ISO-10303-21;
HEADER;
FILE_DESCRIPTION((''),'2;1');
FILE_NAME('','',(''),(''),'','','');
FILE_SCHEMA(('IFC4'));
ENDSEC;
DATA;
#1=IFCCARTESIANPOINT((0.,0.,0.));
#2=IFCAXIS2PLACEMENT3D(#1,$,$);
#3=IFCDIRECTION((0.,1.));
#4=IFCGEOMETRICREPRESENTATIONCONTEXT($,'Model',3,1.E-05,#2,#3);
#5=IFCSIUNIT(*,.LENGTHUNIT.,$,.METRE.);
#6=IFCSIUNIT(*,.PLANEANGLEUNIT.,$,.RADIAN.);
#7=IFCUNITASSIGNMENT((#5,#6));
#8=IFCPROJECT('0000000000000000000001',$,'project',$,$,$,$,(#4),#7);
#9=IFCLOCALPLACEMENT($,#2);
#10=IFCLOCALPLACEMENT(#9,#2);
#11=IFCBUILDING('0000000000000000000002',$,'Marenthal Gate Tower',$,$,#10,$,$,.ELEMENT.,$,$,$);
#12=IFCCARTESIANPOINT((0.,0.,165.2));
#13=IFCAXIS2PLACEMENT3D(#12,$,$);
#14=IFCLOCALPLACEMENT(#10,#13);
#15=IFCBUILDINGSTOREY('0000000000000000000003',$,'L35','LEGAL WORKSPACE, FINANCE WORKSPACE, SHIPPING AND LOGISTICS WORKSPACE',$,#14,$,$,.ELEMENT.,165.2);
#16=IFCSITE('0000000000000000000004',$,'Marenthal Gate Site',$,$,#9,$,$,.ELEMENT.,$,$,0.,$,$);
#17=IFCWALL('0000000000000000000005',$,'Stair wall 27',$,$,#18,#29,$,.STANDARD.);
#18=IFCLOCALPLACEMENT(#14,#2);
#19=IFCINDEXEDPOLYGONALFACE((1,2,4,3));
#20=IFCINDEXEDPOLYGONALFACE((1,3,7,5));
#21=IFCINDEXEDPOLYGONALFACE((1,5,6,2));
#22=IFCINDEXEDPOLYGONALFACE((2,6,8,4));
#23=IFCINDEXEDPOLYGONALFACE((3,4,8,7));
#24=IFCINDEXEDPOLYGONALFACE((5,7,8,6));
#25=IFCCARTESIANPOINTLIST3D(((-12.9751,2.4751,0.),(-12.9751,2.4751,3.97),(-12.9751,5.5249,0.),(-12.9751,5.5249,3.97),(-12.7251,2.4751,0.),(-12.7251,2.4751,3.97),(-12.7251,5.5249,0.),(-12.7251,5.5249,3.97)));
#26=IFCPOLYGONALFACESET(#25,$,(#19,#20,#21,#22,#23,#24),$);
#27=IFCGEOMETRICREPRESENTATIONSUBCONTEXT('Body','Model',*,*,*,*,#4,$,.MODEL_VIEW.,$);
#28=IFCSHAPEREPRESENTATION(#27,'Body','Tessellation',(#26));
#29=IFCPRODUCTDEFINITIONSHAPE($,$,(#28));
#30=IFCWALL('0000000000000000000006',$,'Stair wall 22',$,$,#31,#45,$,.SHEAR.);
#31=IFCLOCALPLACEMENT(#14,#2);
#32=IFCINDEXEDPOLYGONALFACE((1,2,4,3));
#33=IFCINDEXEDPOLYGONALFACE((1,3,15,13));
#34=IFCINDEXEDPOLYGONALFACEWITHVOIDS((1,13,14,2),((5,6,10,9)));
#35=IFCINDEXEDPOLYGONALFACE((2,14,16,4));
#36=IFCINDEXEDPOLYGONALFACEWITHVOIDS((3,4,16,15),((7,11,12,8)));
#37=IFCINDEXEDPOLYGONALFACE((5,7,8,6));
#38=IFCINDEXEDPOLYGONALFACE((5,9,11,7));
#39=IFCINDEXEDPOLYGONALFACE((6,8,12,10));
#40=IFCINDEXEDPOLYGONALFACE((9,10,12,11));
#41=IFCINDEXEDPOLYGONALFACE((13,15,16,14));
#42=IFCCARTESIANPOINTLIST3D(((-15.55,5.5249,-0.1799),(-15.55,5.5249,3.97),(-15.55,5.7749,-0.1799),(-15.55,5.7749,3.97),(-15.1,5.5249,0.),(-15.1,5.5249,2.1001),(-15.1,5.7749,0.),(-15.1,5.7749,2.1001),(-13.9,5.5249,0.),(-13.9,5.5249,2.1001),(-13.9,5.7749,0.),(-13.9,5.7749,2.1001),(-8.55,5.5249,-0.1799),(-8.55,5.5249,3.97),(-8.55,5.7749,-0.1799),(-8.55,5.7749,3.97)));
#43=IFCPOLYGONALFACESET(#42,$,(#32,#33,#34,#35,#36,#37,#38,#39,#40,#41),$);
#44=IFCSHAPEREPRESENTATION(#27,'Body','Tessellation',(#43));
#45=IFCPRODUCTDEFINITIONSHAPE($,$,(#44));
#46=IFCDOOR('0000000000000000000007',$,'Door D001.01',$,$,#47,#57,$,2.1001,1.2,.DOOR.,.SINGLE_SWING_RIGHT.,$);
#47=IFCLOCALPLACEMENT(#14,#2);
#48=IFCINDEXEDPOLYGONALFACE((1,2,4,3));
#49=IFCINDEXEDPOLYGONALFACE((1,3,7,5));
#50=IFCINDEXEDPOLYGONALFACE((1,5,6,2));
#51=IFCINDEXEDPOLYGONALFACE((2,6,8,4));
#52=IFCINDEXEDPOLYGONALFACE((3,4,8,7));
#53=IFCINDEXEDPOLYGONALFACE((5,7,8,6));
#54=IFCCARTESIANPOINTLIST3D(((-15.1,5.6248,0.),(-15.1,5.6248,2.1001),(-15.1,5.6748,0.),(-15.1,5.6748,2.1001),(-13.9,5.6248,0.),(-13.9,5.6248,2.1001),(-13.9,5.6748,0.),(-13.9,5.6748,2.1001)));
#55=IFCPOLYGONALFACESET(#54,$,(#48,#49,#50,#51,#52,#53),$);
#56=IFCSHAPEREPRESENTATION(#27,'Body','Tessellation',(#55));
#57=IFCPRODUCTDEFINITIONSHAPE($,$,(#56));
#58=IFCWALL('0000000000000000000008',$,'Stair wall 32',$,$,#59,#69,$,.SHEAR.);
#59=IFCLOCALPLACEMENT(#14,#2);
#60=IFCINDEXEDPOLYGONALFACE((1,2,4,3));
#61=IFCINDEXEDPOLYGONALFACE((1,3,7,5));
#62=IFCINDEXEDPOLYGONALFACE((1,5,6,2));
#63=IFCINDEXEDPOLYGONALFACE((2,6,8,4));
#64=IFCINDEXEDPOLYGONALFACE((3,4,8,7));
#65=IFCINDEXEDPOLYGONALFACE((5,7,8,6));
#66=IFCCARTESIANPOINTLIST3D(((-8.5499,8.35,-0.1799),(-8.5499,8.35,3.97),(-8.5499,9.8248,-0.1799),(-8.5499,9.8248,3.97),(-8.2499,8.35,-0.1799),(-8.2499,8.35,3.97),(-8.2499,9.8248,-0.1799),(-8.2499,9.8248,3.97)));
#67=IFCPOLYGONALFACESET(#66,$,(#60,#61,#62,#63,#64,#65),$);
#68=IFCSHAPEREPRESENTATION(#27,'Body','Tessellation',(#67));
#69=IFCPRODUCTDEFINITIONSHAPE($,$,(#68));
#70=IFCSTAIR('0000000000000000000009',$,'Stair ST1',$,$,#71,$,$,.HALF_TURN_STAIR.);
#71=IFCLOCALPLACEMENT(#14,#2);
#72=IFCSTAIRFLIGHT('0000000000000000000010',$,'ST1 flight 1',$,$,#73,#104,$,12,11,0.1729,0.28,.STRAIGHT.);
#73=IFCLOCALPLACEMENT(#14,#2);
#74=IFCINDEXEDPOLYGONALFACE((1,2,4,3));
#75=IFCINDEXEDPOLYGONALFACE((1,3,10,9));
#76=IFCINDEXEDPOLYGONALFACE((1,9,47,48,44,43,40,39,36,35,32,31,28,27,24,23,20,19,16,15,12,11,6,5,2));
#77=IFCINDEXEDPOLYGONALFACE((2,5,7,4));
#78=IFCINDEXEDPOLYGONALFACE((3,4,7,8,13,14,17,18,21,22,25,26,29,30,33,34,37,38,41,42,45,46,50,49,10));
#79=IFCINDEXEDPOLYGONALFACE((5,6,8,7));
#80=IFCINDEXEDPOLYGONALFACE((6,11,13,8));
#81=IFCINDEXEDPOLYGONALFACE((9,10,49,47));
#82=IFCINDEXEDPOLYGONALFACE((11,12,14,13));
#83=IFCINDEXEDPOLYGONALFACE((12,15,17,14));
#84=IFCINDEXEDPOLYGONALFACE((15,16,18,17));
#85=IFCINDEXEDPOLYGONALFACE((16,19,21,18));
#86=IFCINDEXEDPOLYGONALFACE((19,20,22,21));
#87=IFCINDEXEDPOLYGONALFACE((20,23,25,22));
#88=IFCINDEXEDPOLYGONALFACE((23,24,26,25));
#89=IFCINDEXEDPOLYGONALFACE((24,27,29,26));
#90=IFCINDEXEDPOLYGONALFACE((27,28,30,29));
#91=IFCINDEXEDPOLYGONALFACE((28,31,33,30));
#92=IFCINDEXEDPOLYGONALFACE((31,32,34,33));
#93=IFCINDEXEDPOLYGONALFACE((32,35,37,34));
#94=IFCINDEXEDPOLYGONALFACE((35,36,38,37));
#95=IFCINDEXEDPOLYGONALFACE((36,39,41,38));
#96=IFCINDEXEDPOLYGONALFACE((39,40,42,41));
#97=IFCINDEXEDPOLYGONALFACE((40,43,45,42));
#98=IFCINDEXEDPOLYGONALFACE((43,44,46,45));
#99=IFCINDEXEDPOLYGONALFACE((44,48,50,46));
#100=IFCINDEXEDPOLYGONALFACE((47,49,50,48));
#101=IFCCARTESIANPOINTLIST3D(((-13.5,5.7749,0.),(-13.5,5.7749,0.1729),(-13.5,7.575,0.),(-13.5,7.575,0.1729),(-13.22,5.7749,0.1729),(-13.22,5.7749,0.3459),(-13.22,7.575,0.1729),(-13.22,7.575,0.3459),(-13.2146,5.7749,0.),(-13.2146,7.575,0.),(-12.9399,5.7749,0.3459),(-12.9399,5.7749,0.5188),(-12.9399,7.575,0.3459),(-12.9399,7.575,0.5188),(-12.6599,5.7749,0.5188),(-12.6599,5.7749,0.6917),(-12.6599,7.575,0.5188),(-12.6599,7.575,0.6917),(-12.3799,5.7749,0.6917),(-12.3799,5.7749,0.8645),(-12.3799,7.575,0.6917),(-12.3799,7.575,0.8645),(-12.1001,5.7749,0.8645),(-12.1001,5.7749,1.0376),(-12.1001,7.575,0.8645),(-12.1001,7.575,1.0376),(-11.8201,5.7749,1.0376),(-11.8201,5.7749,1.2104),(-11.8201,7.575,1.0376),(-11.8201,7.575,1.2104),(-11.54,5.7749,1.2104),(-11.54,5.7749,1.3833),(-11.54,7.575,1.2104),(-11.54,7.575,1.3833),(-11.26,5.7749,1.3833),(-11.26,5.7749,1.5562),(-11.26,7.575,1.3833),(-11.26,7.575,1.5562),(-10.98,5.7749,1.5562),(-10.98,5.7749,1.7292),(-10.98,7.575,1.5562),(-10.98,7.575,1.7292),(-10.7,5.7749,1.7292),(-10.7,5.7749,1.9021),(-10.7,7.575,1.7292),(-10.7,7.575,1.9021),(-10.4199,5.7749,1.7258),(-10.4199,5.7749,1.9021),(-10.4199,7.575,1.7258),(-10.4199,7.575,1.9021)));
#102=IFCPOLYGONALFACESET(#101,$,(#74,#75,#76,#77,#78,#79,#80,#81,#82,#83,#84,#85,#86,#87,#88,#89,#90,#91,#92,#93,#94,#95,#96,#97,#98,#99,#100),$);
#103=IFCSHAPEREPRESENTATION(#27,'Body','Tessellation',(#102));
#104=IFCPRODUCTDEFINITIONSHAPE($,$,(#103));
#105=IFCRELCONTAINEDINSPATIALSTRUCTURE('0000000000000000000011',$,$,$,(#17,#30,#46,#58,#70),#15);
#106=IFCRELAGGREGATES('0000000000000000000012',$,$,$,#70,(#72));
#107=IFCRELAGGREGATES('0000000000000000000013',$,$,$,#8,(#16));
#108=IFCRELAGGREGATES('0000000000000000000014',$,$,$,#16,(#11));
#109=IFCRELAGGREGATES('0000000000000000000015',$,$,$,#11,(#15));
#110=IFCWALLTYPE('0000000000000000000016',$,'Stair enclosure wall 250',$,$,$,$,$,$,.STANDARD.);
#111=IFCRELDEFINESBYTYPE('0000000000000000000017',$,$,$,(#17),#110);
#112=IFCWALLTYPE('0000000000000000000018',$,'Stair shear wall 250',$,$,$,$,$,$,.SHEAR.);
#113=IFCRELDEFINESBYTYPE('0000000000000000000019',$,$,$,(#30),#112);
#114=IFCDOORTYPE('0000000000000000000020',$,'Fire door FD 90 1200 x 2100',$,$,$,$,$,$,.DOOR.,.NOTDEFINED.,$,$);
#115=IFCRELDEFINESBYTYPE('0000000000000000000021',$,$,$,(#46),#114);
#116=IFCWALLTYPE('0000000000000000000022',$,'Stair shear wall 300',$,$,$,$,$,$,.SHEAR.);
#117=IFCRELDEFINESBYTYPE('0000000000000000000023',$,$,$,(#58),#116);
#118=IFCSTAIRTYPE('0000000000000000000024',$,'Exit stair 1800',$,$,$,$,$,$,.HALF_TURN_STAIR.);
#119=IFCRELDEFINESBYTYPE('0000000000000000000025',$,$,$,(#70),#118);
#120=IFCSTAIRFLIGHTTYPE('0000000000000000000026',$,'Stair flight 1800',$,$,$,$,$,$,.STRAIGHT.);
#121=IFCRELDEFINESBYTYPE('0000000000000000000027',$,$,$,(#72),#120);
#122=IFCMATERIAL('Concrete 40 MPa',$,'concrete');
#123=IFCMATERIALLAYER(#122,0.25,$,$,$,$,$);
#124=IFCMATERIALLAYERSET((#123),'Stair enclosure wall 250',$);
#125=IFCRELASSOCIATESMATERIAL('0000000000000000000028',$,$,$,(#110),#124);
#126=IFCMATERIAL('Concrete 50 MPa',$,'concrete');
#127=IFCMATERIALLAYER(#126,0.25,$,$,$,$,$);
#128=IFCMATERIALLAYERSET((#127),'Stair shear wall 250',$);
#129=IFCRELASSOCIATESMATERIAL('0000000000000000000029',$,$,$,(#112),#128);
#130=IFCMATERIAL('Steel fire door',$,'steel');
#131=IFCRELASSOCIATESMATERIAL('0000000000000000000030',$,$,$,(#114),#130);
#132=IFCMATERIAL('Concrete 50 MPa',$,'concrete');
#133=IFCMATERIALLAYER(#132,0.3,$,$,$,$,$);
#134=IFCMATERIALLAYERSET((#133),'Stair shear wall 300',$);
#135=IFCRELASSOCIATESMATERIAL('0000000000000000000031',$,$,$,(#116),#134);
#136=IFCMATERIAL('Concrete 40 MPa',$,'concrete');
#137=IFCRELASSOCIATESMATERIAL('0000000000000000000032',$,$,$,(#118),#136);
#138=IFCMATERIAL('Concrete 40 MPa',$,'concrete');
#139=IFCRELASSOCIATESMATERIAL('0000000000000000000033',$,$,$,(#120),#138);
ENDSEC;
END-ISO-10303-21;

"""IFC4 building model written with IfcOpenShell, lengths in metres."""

from ifc_helpers import new_model, si_unit, direction, frame, frame_2d, origin, place, context, subcontext, project, spatial, polyline, rectangle, outline, extrude, material, layer, layer_set, type_object, element, fill, aggregate, save


model = new_model("IFC4")

# Units and contexts
model_context = context("Model", 3, precision=1e-05, world=origin(), true_north=direction((0.0, 1.0)))
body_context = subcontext(model_context, "Body", "Model", "MODEL_VIEW")
ifc_project = project(units=[si_unit("LENGTHUNIT", "METRE"), si_unit("PLANEANGLEUNIT", "RADIAN")], contexts=[model_context])

# Site, building, storey
site_placement = place(None, origin())
site = spatial("IfcSite", under=ifc_project, at=site_placement, Name="Marenthal Gate Site", CompositionType="ELEMENT", RefElevation=0.0)
building_placement = place(site_placement, origin())
building = spatial("IfcBuilding", under=site, at=building_placement, Name="Marenthal Gate Tower", CompositionType="ELEMENT")
storey_placement = place(building_placement, frame((0.0, 0.0, 165.2)))
storey = spatial("IfcBuildingStorey", under=building, at=storey_placement, Name="L35", Description="LEGAL WORKSPACE, FINANCE WORKSPACE, SHIPPING AND LOGISTICS WORKSPACE", CompositionType="ELEMENT", Elevation=165.2)

# Wall
ifc_material_1 = material(Name="Concrete 40 MPa", Category="concrete")
ifc_layer_1 = layer(ifc_material_1, 0.25)
ifc_layer_set_1 = layer_set([ifc_layer_1], Name="Stair enclosure wall 250")
wall_type_1 = type_object("IfcWallType", Name="Stair enclosure wall 250", PredefinedType="STANDARD", material=ifc_layer_set_1)
wall_1_placement = place(storey_placement, frame((-12.8501, 2.4751, 0.0), z_axis=(0.0, 0.0, 1.0), x_axis=(0.0, 1.0, 0.0)))
element("IfcWall", 1, at=wall_1_placement, inside=storey, type_object=wall_type_1, Name="Stair wall 27", PredefinedType="STANDARD", context=body_context, shape_type="SweptSolid", body=[
    extrude(rectangle(XDim=3.0498, YDim=0.25, at=frame_2d((1.5249, 0.0))), origin(), (0.0, 0.0, 1.0), 3.97),
])

# Wall, opening, door
ifc_material_2 = material(Name="Concrete 50 MPa", Category="concrete")
ifc_layer_2 = layer(ifc_material_2, 0.25)
ifc_layer_set_2 = layer_set([ifc_layer_2], Name="Stair shear wall 250")
wall_type_2 = type_object("IfcWallType", Name="Stair shear wall 250", PredefinedType="SHEAR", material=ifc_layer_set_2)
wall_2_placement = place(storey_placement, frame((-15.55, 5.6499, -0.1799), z_axis=(0.0, 0.0, 1.0), x_axis=(1.0, 0.0, 0.0)))
wall_2 = element("IfcWall", 2, at=wall_2_placement, inside=storey, type_object=wall_type_2, Name="Stair wall 22", PredefinedType="SHEAR", context=body_context, shape_type="SweptSolid", body=[
    extrude(rectangle(XDim=7.0, YDim=0.25, at=frame_2d((3.5, 0.0))), origin(), (0.0, 0.0, 1.0), 4.1499),
])
opening_1_placement = place(wall_2_placement, frame((0.45, 0.0, 0.1799)))
opening_1 = element("IfcOpeningElement", 3, at=opening_1_placement, cuts=wall_2, PredefinedType="OPENING", context=body_context, shape_type="SweptSolid", body=[
    extrude(rectangle(XDim=1.2, YDim=2.1001, at=frame_2d((0.6001, 1.05))), frame((0.0, 0.135, 0.0), z_axis=(0.0, -1.0, 0.0), x_axis=(1.0, 0.0, 0.0)), (0.0, 0.0, 1.0), 0.27),
])
ifc_material_3 = material(Name="Steel fire door", Category="steel")
door_type_1 = type_object("IfcDoorType", Name="Fire door FD 90 1200 x 2100", OperationType="NOTDEFINED", PredefinedType="DOOR", material=ifc_material_3)
door_1_placement = place(opening_1_placement, origin())
door_1 = element("IfcDoor", 4, at=door_1_placement, inside=storey, type_object=door_type_1, Name="Door D001.01", OperationType="SINGLE_SWING_RIGHT", OverallHeight=2.1001, OverallWidth=1.2, PredefinedType="DOOR", context=body_context, shape_type="SweptSolid", body=[
    extrude(rectangle(XDim=1.2, YDim=2.1001, at=frame_2d((0.6001, 1.05))), frame((0.0, 0.0249, 0.0), z_axis=(0.0, -1.0, 0.0), x_axis=(1.0, 0.0, 0.0)), (0.0, 0.0, 1.0), 0.05),
])
fill(opening_1, door_1)

# Wall
ifc_material_4 = material(Name="Concrete 50 MPa", Category="concrete")
ifc_layer_3 = layer(ifc_material_4, 0.3)
ifc_layer_set_3 = layer_set([ifc_layer_3], Name="Stair shear wall 300")
wall_type_3 = type_object("IfcWallType", Name="Stair shear wall 300", PredefinedType="SHEAR", material=ifc_layer_set_3)
wall_3_placement = place(storey_placement, frame((-8.3999, 8.3501, -0.1799), z_axis=(0.0, 0.0, 1.0), x_axis=(0.0, 1.0, 0.0)))
element("IfcWall", 5, at=wall_3_placement, inside=storey, type_object=wall_type_3, Name="Stair wall 32", PredefinedType="SHEAR", context=body_context, shape_type="SweptSolid", body=[
    extrude(rectangle(XDim=1.4749, YDim=0.3, at=frame_2d((0.7373, 0.0))), origin(), (0.0, 0.0, 1.0), 4.1499),
])

# Stair, stair flight
ifc_material_5 = material(Name="Concrete 40 MPa", Category="concrete")
stair_type = type_object("IfcStairType", Name="Exit stair 1800", PredefinedType="HALF_TURN_STAIR", material=ifc_material_5)
stair_placement = place(storey_placement, origin())
stair = element("IfcStair", 6, at=stair_placement, inside=storey, type_object=stair_type, Name="Stair ST1", PredefinedType="HALF_TURN_STAIR")
ifc_material_6 = material(Name="Concrete 40 MPa", Category="concrete")
stair_flight_type = type_object("IfcStairFlightType", Name="Stair flight 1800", PredefinedType="STRAIGHT", material=ifc_material_6)
stair_flight_placement = place(storey_placement, frame((-13.5, 6.675, 0.0), z_axis=(0.0, 0.0, 1.0), x_axis=(1.0, 0.0, 0.0)))
stair_flight = element("IfcStairFlight", 7, at=stair_flight_placement, type_object=stair_flight_type, Name="ST1 flight 1", NumberOfRisers=12, NumberOfTreads=11, PredefinedType="STRAIGHT", RiserHeight=0.1729, TreadLength=0.28, context=body_context, shape_type="SweptSolid", body=[
    extrude(outline(polyline([(0.0, 0.0), (0.0, 0.1729), (0.28, 0.1729), (0.28, 0.3459), (0.5601, 0.3459), (0.5601, 0.5188), (0.8401, 0.5188), (0.8401, 0.6917), (1.1201, 0.6917), (1.1201, 0.8645), (1.3999, 0.8645), (1.3999, 1.0376), (1.6799, 1.0376), (1.6799, 1.2104), (1.96, 1.2104), (1.96, 1.3833), (2.24, 1.3833), (2.24, 1.5562), (2.52, 1.5562), (2.52, 1.7292), (2.8, 1.7292), (2.8, 1.9021), (3.0801, 1.9021), (3.0801, 2.075), (3.0801, 1.7258), (0.2854, 0.0), (0.0, 0.0)])), frame((0.0, 0.8999, 0.0), z_axis=(0.0, -1.0, 0.0), x_axis=(1.0, 0.0, 0.0)), (0.0, 0.0, 1.0), 1.8),
])
aggregate(stair, [stair_flight])

save(model, "model.ifc")
